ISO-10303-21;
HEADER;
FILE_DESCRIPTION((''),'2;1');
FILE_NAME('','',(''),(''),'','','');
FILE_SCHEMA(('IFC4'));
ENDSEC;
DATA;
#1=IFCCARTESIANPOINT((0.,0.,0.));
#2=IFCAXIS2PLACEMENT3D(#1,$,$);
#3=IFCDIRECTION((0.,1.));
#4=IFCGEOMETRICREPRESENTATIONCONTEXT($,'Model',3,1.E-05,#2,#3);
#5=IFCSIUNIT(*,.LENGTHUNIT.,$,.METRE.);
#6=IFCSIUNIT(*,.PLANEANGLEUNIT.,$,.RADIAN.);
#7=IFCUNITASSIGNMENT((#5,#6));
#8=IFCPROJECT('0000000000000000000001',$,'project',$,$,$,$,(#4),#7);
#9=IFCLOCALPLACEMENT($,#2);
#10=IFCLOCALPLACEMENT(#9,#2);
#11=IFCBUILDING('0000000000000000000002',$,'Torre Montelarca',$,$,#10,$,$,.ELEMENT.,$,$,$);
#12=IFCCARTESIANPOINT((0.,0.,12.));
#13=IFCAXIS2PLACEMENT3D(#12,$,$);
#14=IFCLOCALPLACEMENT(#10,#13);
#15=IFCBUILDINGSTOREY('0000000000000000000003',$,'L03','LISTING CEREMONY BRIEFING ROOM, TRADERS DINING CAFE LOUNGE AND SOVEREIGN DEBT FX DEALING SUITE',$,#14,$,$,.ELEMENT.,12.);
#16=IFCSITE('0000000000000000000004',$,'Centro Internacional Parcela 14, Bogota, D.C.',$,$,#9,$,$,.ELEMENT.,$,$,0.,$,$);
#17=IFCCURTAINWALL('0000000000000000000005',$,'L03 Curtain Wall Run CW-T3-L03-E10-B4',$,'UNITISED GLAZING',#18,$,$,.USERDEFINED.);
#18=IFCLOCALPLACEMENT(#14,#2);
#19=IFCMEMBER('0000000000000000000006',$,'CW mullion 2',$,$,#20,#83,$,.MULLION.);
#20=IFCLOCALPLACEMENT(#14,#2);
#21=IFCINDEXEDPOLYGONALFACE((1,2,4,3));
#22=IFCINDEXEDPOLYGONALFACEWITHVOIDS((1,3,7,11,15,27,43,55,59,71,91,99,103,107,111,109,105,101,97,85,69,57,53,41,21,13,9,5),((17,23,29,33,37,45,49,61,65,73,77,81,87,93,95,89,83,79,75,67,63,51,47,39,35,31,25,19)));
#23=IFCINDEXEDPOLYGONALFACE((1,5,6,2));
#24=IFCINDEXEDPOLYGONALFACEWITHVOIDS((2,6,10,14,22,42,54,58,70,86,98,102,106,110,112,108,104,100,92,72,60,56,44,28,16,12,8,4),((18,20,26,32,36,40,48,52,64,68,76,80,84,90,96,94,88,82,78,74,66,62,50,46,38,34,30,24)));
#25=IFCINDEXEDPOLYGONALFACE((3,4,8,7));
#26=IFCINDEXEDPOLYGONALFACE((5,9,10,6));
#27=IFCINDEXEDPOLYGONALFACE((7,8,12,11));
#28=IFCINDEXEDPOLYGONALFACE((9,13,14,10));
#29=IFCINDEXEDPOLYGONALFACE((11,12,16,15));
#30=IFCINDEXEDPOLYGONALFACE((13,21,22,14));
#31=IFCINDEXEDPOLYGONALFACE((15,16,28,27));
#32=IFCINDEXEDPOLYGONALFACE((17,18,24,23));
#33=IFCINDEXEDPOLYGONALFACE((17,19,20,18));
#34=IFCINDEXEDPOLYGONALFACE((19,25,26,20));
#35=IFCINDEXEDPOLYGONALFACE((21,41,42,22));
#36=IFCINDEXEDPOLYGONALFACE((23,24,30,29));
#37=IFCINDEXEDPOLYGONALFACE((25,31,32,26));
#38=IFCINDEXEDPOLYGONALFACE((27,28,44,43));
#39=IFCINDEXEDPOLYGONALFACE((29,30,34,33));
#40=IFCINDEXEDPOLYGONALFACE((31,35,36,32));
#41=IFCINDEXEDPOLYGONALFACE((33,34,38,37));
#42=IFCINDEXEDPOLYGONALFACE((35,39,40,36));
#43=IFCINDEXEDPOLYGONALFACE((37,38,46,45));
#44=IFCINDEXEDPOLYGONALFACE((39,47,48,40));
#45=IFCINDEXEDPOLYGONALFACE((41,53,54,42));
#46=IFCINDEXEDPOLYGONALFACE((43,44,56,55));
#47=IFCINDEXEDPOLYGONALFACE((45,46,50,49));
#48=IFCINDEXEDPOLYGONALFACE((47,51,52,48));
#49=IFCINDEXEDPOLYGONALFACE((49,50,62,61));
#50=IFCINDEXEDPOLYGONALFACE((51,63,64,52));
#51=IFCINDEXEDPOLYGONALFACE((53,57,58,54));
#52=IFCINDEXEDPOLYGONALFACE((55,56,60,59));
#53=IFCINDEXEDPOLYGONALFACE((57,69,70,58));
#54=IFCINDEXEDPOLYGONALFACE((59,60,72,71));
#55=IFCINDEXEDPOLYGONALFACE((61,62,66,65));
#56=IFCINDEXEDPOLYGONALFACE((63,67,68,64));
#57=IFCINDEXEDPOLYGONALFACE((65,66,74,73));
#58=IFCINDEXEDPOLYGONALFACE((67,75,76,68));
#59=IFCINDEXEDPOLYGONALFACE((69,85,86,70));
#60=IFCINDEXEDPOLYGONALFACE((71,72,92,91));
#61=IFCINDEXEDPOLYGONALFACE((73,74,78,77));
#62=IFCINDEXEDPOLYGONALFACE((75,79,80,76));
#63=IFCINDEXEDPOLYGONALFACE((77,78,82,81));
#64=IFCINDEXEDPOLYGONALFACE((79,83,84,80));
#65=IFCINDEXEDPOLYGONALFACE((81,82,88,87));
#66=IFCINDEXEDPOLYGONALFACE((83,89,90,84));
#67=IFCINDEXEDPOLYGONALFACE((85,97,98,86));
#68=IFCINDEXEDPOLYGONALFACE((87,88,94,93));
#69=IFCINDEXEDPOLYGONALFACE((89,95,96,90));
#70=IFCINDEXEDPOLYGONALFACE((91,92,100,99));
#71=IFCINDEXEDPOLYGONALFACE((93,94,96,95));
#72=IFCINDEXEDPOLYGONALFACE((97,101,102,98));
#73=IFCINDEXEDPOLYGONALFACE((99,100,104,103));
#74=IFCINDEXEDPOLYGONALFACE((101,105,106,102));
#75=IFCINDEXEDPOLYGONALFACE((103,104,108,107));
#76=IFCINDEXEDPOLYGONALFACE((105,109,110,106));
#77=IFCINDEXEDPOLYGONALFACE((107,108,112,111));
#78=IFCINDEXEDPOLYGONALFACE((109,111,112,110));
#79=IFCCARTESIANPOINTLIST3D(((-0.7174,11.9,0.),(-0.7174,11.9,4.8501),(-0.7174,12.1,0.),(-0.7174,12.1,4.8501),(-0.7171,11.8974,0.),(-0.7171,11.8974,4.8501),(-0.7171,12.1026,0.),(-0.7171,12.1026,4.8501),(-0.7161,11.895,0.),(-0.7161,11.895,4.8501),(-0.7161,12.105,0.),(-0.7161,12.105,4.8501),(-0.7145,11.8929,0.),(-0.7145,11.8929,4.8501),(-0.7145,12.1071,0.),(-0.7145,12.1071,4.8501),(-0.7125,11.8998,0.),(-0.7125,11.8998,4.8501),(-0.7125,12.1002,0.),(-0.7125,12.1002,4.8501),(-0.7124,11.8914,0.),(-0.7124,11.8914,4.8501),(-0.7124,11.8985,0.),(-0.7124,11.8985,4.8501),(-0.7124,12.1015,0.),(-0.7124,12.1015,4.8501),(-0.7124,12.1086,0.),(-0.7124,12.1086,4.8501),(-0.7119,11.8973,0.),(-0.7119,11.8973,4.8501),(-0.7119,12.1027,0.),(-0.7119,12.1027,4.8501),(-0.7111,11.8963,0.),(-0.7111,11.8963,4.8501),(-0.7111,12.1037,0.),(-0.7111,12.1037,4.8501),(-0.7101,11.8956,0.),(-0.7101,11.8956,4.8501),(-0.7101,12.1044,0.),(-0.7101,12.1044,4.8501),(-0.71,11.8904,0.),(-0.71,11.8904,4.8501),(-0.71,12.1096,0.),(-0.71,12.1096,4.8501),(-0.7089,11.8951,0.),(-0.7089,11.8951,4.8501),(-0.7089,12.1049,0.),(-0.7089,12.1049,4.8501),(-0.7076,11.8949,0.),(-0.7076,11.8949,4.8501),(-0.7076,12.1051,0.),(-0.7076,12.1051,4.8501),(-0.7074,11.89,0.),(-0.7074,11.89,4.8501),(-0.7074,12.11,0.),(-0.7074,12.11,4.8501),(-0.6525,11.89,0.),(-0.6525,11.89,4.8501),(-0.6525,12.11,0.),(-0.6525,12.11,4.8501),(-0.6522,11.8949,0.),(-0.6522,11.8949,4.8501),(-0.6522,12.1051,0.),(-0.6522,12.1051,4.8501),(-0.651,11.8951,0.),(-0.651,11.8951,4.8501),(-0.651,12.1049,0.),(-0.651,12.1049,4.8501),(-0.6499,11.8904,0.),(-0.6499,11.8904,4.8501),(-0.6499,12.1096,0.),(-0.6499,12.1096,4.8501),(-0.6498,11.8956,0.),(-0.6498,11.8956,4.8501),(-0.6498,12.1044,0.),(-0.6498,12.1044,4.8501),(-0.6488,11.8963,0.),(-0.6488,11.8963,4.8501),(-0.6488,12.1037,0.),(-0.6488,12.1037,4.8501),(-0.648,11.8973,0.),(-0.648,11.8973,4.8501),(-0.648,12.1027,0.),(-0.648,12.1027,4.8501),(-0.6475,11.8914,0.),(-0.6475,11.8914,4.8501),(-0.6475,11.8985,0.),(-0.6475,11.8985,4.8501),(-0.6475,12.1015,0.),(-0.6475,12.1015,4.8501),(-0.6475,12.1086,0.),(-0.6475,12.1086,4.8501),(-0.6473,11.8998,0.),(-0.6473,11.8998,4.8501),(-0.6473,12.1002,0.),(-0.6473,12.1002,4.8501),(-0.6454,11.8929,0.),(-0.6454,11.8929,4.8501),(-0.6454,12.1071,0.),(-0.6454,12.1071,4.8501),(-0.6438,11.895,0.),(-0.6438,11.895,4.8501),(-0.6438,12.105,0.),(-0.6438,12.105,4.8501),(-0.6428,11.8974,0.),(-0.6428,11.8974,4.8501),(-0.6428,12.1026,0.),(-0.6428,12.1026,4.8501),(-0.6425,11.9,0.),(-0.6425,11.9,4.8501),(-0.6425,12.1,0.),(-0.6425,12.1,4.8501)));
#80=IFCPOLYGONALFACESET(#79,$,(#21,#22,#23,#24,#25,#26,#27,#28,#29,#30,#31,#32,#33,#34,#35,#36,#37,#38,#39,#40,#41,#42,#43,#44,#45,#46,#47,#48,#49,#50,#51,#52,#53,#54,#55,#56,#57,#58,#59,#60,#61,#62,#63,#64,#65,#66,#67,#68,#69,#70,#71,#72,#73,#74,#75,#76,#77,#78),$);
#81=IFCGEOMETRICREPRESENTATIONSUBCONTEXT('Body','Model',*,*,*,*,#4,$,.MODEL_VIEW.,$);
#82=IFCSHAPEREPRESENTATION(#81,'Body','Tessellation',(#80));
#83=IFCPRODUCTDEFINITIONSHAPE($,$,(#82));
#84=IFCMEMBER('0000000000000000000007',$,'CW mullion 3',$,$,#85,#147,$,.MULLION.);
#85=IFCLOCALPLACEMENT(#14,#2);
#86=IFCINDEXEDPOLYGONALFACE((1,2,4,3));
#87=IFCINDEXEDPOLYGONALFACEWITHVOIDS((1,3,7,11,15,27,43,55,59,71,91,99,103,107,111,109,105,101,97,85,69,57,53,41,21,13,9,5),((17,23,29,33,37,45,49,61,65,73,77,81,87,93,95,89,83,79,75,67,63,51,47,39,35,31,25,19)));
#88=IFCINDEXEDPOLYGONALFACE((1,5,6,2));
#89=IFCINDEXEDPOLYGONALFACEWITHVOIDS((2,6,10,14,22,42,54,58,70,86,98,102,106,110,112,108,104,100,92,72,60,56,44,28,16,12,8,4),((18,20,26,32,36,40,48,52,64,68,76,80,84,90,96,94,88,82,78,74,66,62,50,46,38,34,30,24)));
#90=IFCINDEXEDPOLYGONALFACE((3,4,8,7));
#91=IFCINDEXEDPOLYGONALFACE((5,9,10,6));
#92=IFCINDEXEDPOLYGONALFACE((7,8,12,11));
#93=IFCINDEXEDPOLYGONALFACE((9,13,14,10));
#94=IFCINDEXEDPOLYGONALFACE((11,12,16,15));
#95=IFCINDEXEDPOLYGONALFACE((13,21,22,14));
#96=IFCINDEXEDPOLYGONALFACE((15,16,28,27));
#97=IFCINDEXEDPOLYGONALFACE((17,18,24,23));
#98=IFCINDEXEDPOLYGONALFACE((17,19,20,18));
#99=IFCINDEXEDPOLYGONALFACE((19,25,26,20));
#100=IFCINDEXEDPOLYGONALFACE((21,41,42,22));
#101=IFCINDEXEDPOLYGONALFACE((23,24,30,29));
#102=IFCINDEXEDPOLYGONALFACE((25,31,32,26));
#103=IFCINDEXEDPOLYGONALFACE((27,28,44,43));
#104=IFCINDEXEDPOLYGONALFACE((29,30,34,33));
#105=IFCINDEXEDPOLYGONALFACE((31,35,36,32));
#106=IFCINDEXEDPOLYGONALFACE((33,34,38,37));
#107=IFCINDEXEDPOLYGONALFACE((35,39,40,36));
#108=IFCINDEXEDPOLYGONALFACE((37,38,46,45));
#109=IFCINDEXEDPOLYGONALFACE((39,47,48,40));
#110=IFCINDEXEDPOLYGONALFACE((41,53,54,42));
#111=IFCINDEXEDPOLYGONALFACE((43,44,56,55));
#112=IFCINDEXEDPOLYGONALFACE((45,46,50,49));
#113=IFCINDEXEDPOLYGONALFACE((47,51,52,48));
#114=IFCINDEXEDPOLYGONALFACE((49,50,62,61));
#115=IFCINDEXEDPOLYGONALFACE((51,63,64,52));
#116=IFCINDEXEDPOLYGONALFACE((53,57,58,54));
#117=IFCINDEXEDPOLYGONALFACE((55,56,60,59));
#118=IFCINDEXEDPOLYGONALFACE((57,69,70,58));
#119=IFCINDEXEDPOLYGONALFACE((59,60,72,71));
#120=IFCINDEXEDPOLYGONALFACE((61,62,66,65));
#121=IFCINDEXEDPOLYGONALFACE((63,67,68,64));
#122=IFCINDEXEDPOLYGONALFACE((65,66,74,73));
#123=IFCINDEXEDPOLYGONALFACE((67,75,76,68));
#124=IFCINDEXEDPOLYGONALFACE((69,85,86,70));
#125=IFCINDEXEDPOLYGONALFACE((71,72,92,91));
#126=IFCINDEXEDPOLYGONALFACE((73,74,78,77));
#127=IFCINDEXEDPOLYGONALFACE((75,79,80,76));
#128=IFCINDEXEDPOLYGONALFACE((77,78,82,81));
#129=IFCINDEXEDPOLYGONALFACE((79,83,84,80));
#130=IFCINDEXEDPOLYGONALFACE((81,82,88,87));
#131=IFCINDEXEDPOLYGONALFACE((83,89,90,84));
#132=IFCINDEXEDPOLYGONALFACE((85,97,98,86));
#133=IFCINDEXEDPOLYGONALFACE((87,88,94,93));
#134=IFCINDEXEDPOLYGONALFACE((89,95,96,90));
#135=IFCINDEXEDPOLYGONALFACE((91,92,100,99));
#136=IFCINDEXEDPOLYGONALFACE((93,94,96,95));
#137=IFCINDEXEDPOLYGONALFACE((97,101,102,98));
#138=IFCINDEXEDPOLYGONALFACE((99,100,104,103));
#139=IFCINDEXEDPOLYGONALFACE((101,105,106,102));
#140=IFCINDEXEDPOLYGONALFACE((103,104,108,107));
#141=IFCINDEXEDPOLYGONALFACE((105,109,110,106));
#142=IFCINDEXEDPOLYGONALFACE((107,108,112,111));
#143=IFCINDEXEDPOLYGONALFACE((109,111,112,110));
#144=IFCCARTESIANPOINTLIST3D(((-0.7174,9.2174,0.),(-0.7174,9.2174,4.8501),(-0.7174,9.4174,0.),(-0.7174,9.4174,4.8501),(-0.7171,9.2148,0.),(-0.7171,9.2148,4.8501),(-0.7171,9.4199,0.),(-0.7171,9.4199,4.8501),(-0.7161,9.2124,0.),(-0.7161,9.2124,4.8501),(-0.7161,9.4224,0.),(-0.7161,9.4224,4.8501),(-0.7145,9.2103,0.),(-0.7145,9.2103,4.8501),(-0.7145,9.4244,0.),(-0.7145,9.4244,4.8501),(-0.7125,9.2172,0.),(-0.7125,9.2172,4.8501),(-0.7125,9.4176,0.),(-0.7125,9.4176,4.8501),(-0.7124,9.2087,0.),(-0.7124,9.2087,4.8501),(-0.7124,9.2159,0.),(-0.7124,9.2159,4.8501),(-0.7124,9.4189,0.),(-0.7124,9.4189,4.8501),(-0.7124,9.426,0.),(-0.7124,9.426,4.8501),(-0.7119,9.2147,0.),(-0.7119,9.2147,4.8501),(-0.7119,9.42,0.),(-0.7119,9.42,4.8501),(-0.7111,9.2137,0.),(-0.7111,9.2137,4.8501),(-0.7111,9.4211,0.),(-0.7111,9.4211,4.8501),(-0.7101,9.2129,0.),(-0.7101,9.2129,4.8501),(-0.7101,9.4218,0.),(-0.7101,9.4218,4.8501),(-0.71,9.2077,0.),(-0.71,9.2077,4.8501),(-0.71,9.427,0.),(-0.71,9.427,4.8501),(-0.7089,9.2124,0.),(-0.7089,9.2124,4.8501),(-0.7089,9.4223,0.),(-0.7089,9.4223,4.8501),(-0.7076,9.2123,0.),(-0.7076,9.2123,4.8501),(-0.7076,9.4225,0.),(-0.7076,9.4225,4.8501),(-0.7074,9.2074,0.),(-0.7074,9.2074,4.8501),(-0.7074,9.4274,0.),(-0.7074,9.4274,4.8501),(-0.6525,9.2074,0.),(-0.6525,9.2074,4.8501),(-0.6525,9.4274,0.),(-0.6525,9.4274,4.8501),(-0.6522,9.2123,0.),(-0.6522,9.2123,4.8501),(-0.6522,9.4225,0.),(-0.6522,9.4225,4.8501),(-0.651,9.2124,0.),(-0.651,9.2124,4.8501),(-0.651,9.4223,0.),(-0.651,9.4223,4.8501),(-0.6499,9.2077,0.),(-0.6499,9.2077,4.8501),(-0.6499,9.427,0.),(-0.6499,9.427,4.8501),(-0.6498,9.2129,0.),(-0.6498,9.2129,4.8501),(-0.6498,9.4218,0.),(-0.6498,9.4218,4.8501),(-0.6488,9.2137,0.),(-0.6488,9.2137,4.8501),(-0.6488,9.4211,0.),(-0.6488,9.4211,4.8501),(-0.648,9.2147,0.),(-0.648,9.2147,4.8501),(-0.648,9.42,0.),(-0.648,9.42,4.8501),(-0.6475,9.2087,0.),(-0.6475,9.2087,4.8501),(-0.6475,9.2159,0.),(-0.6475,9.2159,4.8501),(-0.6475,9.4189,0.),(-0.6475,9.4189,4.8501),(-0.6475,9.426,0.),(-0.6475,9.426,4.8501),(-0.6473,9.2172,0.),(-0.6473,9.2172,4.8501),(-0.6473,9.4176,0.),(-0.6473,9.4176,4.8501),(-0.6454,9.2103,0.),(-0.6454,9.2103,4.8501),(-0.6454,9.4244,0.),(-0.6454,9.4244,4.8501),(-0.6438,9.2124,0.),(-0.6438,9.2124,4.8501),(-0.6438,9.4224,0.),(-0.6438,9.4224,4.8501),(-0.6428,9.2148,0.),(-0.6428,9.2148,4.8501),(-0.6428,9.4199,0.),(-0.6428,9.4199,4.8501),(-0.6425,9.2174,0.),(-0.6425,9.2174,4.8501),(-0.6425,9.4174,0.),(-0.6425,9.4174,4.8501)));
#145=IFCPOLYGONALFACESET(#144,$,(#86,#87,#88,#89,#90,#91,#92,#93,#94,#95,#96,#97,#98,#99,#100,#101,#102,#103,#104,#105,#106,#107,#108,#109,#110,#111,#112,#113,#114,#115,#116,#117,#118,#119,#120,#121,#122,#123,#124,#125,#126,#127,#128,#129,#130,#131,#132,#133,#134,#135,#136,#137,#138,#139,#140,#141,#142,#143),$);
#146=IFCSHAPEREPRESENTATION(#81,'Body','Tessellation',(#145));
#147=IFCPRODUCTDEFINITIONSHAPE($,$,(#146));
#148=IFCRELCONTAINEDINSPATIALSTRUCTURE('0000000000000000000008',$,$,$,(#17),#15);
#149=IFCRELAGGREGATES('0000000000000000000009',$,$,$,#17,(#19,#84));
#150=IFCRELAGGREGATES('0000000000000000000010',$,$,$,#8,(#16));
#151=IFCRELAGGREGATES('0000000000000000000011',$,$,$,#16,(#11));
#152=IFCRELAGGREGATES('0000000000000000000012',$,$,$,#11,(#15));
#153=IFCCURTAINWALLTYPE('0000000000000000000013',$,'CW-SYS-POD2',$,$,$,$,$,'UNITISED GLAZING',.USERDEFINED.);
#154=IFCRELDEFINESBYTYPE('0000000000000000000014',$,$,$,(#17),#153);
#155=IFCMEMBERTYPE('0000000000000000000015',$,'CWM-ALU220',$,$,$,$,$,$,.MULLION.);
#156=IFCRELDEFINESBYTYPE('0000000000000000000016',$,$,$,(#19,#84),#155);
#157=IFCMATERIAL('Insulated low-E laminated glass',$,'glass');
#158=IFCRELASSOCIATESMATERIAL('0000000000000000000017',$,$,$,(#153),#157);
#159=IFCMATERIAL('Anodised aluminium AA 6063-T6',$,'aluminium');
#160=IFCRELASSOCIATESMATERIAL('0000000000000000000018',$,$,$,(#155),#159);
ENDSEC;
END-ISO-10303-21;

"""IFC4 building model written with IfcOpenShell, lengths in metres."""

from ifc_helpers import new_model, si_unit, direction, frame, origin, origin_2d, place, context, subcontext, project, spatial, hollow_rectangle, extrude, source, transform, mapped, material, material_profile, profile_set, type_object, element, aggregate, save


model = new_model("IFC4")

# Units and contexts
model_context = context("Model", 3, precision=1e-05, world=origin(), true_north=direction((0.0, 1.0)))
body_context = subcontext(model_context, "Body", "Model", "MODEL_VIEW")
ifc_project = project(units=[si_unit("LENGTHUNIT", "METRE"), si_unit("PLANEANGLEUNIT", "RADIAN")], contexts=[model_context])

# Site, building, storey
site_placement = place(None, origin())
site = spatial("IfcSite", under=ifc_project, at=site_placement, Name="Centro Internacional Parcela 14, Bogota, D.C.", CompositionType="ELEMENT", RefElevation=0.0)
building_placement = place(site_placement, origin())
building = spatial("IfcBuilding", under=site, at=building_placement, Name="Torre Montelarca", CompositionType="ELEMENT")
storey_placement = place(building_placement, frame((0.0, 0.0, 12.0)))
storey = spatial("IfcBuildingStorey", under=building, at=storey_placement, Name="L03", Description="LISTING CEREMONY BRIEFING ROOM, TRADERS DINING CAFE LOUNGE AND SOVEREIGN DEBT FX DEALING SUITE", CompositionType="ELEMENT", Elevation=12.0)

# Curtain wall, members
ifc_material_1 = material(Name="Insulated low-E laminated glass", Category="glass")
curtain_wall_type = type_object("IfcCurtainWallType", Name="CW-SYS-POD2", ElementType="UNITISED GLAZING", PredefinedType="USERDEFINED", material=ifc_material_1)
curtain_wall_placement = place(storey_placement, origin())
curtain_wall = element("IfcCurtainWall", 1, at=curtain_wall_placement, inside=storey, type_object=curtain_wall_type, Name="L03 Curtain Wall Run CW-T3-L03-E10-B4", ObjectType="UNITISED GLAZING", PredefinedType="USERDEFINED")
ifc_material_2 = material(Name="Anodised aluminium AA 6063-T6", Category="aluminium")
ifc_material_profile_1 = material_profile(ifc_material_2, hollow_rectangle(XDim=0.075, YDim=0.22, WallThickness=0.0049, InnerFilletRadius=0.0049, OuterFilletRadius=0.01, at=origin_2d()), Name="ALU75X220X5", Category="aluminium")
ifc_profile_set_1 = profile_set([ifc_material_profile_1], Name="Anodised aluminium AA 6063-T6")
member_type_1 = type_object("IfcMemberType", Name="CWM-ALU220", PredefinedType="MULLION", material=ifc_profile_set_1)
shared_shape_1 = source(origin(), body_context, "Body", "SweptSolid", [
    extrude(hollow_rectangle(XDim=0.075, YDim=0.22, WallThickness=0.0049, InnerFilletRadius=0.0049, OuterFilletRadius=0.01, at=origin_2d()), origin(), (0.0, 0.0, 1.0), 4.8501),
])
member_1_placement = place(storey_placement, frame((-0.6799, 12.0, 0.0), z_axis=(0.0, 0.0, 1.0), x_axis=(1.0, 0.0, 0.0)))
member_1 = element("IfcMember", 2, at=member_1_placement, type_object=member_type_1, Name="CW mullion 2", PredefinedType="MULLION", context=body_context, shape_type="MappedRepresentation", body=[
    mapped(shared_shape_1, transform((0.0, 0.0, 0.0), scale=1.0)),
])
member_2_placement = place(storey_placement, frame((-0.6799, 9.3174, 0.0), z_axis=(0.0, 0.0, 1.0), x_axis=(1.0, 0.0, 0.0)))
member_2 = element("IfcMember", 3, at=member_2_placement, type_object=member_type_1, Name="CW mullion 3", PredefinedType="MULLION", context=body_context, shape_type="MappedRepresentation", body=[
    mapped(shared_shape_1, transform((0.0, 0.0, 0.0), scale=1.0)),
])

aggregate(curtain_wall, [member_1, member_2])

save(model, "model.ifc")
